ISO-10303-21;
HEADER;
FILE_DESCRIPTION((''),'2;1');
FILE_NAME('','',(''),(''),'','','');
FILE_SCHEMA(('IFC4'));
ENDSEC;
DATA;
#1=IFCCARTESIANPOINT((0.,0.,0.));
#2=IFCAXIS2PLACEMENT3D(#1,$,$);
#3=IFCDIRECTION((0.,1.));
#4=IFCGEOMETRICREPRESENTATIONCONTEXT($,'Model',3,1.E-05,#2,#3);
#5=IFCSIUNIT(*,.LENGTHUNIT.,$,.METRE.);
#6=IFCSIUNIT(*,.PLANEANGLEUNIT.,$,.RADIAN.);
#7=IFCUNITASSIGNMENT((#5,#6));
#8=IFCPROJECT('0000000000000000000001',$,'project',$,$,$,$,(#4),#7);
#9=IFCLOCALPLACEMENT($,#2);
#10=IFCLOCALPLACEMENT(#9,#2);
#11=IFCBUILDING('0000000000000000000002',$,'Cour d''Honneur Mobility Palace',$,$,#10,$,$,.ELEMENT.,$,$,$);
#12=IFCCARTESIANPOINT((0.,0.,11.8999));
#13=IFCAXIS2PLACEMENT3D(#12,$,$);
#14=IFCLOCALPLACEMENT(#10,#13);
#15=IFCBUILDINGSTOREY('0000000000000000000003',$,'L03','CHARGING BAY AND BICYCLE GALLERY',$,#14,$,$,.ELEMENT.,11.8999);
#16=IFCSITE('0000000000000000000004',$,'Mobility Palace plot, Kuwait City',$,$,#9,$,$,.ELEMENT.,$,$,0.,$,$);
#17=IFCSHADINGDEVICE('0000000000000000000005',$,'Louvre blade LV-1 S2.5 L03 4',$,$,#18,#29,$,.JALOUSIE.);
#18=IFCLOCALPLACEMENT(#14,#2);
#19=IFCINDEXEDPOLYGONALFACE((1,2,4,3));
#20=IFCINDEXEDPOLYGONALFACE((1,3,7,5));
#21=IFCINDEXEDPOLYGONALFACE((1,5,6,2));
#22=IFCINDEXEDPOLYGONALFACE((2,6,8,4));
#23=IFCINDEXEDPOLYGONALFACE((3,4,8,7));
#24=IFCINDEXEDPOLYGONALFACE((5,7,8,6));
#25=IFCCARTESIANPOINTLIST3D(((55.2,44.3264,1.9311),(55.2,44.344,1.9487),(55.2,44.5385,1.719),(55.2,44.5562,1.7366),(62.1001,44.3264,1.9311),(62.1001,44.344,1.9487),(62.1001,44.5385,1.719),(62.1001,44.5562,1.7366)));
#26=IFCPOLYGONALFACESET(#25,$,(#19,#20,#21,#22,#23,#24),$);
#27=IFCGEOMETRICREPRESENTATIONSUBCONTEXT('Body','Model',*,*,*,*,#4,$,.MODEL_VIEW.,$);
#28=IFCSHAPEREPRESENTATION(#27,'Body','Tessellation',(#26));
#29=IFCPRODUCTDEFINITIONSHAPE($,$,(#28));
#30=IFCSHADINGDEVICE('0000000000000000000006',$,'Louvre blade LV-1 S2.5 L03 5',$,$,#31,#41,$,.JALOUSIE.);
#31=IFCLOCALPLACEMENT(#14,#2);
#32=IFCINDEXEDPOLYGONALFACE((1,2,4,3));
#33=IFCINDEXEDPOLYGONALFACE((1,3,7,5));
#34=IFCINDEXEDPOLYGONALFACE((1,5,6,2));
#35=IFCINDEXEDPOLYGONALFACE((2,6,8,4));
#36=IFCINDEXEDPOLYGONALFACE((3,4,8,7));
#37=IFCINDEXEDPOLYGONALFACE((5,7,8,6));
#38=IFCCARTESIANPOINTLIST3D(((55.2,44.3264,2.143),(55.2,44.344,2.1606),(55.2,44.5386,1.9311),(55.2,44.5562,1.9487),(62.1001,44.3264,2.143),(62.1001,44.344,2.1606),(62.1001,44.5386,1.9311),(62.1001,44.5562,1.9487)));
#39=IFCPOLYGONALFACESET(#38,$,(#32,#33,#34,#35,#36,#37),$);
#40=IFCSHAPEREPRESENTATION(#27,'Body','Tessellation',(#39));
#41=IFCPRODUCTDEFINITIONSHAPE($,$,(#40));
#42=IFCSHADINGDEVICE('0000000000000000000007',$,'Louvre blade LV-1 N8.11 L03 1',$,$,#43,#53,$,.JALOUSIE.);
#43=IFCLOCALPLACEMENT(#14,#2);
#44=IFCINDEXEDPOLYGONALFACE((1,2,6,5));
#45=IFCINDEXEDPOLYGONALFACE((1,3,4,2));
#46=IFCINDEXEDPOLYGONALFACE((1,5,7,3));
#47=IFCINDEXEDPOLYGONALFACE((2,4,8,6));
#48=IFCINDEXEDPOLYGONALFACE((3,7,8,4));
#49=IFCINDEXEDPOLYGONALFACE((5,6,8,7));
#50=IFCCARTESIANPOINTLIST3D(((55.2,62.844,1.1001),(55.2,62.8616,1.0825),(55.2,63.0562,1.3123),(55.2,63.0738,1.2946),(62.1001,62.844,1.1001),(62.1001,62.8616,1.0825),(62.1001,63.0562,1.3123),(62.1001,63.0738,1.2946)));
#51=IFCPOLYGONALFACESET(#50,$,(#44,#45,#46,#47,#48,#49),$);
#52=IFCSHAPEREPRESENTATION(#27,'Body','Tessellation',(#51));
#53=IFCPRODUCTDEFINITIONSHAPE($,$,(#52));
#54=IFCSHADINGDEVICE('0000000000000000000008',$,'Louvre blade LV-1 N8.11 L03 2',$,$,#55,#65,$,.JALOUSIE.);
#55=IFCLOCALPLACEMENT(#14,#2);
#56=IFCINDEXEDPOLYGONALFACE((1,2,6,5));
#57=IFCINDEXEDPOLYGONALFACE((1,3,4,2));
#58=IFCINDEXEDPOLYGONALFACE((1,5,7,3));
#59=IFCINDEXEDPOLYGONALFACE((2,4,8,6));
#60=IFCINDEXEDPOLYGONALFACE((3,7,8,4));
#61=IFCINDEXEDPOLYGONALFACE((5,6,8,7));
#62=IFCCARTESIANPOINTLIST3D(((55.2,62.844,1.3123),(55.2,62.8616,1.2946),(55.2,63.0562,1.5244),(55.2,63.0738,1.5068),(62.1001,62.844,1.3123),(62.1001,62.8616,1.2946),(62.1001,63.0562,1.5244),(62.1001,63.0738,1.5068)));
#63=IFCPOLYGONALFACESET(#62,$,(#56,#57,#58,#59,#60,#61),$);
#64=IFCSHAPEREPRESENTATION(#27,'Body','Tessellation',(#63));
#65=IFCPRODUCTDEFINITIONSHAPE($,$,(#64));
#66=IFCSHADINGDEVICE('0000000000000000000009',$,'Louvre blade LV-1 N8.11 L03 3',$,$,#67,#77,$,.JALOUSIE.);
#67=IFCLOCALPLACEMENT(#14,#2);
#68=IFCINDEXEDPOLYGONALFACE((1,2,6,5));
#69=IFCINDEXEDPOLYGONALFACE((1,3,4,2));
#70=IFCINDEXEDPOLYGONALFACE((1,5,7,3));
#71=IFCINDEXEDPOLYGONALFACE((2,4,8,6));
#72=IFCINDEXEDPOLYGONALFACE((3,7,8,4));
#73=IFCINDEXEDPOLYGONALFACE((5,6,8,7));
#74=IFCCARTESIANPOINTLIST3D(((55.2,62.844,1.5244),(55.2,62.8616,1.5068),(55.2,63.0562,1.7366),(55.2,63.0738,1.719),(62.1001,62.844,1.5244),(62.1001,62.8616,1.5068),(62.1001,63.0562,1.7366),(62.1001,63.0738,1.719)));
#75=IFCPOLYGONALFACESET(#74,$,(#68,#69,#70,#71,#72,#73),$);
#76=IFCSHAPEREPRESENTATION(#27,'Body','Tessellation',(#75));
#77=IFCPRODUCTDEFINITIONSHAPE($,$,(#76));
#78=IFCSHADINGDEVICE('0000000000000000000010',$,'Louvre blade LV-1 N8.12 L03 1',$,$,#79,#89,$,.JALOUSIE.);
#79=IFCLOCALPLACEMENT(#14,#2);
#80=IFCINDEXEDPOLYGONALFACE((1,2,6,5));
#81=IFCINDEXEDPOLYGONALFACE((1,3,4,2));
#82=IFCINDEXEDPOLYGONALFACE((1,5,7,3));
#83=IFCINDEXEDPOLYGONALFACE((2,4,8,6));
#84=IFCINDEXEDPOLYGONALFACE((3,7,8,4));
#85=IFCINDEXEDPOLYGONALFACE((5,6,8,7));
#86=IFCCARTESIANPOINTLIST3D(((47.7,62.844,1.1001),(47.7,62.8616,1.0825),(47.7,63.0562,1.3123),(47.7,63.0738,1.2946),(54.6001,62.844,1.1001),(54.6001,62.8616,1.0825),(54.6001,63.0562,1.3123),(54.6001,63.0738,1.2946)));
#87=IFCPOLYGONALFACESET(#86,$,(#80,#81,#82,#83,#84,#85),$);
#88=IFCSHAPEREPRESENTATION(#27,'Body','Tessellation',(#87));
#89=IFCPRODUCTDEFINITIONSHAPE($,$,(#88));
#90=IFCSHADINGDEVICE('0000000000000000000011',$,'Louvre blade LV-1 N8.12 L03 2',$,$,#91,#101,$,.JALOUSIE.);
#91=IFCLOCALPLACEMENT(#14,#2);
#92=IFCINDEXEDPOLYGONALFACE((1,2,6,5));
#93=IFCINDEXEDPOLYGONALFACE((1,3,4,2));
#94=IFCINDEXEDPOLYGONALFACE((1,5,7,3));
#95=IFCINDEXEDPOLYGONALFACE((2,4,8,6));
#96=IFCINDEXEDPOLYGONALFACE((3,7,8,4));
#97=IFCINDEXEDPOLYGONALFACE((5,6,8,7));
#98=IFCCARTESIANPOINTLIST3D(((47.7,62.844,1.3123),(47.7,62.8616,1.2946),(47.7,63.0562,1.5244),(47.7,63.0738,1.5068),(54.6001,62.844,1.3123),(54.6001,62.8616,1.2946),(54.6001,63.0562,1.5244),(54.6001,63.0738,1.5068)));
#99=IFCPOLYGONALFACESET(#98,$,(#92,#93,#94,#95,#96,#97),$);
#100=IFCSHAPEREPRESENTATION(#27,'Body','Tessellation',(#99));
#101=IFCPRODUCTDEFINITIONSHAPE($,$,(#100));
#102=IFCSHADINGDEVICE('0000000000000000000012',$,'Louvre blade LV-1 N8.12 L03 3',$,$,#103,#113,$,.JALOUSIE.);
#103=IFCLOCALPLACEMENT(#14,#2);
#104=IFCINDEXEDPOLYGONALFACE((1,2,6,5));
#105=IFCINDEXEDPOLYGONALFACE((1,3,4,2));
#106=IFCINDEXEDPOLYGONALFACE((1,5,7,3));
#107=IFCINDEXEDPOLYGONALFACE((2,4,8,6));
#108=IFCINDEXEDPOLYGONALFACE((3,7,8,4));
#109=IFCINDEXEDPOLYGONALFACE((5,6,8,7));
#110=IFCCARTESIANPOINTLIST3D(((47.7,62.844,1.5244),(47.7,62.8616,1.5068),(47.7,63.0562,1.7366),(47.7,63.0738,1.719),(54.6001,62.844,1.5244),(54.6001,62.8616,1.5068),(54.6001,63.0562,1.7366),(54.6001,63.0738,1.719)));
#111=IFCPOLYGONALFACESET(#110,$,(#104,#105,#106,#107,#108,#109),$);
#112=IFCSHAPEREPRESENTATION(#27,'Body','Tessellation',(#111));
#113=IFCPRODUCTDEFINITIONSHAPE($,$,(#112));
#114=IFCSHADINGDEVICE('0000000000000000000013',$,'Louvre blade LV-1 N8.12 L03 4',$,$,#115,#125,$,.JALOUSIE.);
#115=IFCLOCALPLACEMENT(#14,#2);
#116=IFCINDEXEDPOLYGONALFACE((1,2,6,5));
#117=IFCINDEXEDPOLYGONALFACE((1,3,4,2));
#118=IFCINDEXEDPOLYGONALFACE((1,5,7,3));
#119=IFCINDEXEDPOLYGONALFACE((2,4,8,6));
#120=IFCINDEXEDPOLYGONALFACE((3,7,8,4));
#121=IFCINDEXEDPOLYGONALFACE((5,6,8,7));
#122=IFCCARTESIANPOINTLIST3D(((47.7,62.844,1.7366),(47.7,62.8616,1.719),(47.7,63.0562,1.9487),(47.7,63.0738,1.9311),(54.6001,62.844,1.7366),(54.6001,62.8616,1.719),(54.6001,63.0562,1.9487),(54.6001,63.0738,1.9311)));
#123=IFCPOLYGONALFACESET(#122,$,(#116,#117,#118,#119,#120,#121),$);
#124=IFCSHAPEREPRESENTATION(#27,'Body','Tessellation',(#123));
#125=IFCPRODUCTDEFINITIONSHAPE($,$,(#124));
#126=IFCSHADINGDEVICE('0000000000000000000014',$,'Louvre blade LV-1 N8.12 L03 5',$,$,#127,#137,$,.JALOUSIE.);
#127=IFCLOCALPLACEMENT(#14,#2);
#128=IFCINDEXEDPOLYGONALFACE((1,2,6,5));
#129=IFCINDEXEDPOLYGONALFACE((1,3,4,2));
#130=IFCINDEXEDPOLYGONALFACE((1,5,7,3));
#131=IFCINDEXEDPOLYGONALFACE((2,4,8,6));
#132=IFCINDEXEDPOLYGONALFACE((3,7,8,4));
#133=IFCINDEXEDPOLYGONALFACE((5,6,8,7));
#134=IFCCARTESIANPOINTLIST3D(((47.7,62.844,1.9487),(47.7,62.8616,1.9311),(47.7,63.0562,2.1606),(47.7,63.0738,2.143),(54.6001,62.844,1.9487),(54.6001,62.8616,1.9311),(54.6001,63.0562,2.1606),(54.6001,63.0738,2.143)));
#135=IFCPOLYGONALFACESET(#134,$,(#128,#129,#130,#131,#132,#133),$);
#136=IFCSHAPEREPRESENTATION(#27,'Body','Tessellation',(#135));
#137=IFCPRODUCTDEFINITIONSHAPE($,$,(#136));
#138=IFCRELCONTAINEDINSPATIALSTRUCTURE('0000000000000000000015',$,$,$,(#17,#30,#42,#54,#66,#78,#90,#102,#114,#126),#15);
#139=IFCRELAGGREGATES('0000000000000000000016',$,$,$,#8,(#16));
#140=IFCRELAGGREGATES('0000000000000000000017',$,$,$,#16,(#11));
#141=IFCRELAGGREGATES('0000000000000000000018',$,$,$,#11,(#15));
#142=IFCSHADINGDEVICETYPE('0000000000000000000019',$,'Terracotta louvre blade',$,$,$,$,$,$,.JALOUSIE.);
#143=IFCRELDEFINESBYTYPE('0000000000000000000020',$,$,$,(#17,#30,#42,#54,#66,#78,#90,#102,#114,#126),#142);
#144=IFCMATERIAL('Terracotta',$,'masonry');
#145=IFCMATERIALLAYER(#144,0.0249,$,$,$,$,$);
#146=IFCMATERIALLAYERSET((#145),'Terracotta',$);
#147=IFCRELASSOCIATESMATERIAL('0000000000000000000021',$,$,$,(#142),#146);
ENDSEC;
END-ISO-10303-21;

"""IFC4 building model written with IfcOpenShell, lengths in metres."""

from ifc_helpers import new_model, si_unit, direction, frame, origin, place, context, subcontext, project, spatial, polyline, outline, extrude, material, layer, layer_set, type_object, element, save


model = new_model("IFC4")

# Units and contexts
model_context = context("Model", 3, precision=1e-05, world=origin(), true_north=direction((0.0, 1.0)))
body_context = subcontext(model_context, "Body", "Model", "MODEL_VIEW")
ifc_project = project(units=[si_unit("LENGTHUNIT", "METRE"), si_unit("PLANEANGLEUNIT", "RADIAN")], contexts=[model_context])

# Site, building, storey
site_placement = place(None, origin())
site = spatial("IfcSite", under=ifc_project, at=site_placement, Name="Mobility Palace plot, Kuwait City", CompositionType="ELEMENT", RefElevation=0.0)
building_placement = place(site_placement, origin())
building = spatial("IfcBuilding", under=site, at=building_placement, Name="Cour d'Honneur Mobility Palace", CompositionType="ELEMENT")
storey_placement = place(building_placement, frame((0.0, 0.0, 11.8999)))
storey = spatial("IfcBuildingStorey", under=building, at=storey_placement, Name="L03", Description="CHARGING BAY AND BICYCLE GALLERY", CompositionType="ELEMENT", Elevation=11.8999)

# Shading devices
ifc_material_1 = material(Name="Terracotta", Category="masonry")
ifc_layer_1 = layer(ifc_material_1, 0.0249)
ifc_layer_set_1 = layer_set([ifc_layer_1], Name="Terracotta")
shading_device_type = type_object("IfcShadingDeviceType", Name="Terracotta louvre blade", PredefinedType="JALOUSIE", material=ifc_layer_set_1)
for number, where, z_axis, x_axis, name in (
    (1, (55.2, 44.5562, 1.7366), (0.0, 0.707107, 0.707107), (1.0, 0.0, 0.0), "Louvre blade LV-1 S2.5 L03 4"),
):
    element("IfcShadingDevice", number, at=place(storey_placement, frame(where, z_axis=z_axis, x_axis=x_axis)), inside=storey, type_object=shading_device_type, Name=name, PredefinedType="JALOUSIE", context=body_context, shape_type="SweptSolid", body=[
        extrude(outline(polyline([(0.0, 0.0), (6.9001, 0.0), (6.9001, -0.3), (0.0, -0.3), (0.0, 0.0)])), origin(), (0.0, 0.0, -1.0), 0.0249),
    ])
shading_device_1_placement = place(storey_placement, frame((55.2, 44.5562, 1.9487), z_axis=(0.0, 0.7067, 0.707514), x_axis=(1.0, 0.0, 0.0)))
element("IfcShadingDevice", 2, at=shading_device_1_placement, inside=storey, type_object=shading_device_type, Name="Louvre blade LV-1 S2.5 L03 5", PredefinedType="JALOUSIE", context=body_context, shape_type="SweptSolid", body=[
    extrude(outline(polyline([(0.0, 0.0), (6.9001, 0.0), (6.9001, -0.2999), (0.0, -0.2999), (0.0, 0.0)])), origin(), (0.0, 0.0, -1.0), 0.0249),
])
for number, where, z_axis, x_axis, name in (
    (3, (62.1001, 62.844, 1.1001), (0.0, -0.707107, 0.707107), (-1.0, 0.0, 0.0), "Louvre blade LV-1 N8.11 L03 1"),
    (4, (62.1001, 62.844, 1.3123), (0.0, -0.707107, 0.707107), (-1.0, 0.0, 0.0), "Louvre blade LV-1 N8.11 L03 2"),
    (5, (62.1001, 62.844, 1.5244), (0.0, -0.707107, 0.707107), (-1.0, 0.0, 0.0), "Louvre blade LV-1 N8.11 L03 3"),
    (6, (54.6001, 62.844, 1.1001), (0.0, -0.707107, 0.707107), (-1.0, 0.0, 0.0), "Louvre blade LV-1 N8.12 L03 1"),
    (7, (54.6001, 62.844, 1.3123), (0.0, -0.707107, 0.707107), (-1.0, 0.0, 0.0), "Louvre blade LV-1 N8.12 L03 2"),
    (8, (54.6001, 62.844, 1.5244), (0.0, -0.707107, 0.707107), (-1.0, 0.0, 0.0), "Louvre blade LV-1 N8.12 L03 3"),
    (9, (54.6001, 62.844, 1.7366), (0.0, -0.707107, 0.707107), (-1.0, 0.0, 0.0), "Louvre blade LV-1 N8.12 L03 4"),
):
    element("IfcShadingDevice", number, at=place(storey_placement, frame(where, z_axis=z_axis, x_axis=x_axis)), inside=storey, type_object=shading_device_type, Name=name, PredefinedType="JALOUSIE", context=body_context, shape_type="SweptSolid", body=[
        extrude(outline(polyline([(0.0, 0.0), (6.9001, 0.0), (6.9001, -0.3), (0.0, -0.3), (0.0, 0.0)])), origin(), (0.0, 0.0, -1.0), 0.0249),
    ])
shading_device_2_placement = place(storey_placement, frame((54.6001, 62.844, 1.9487), z_axis=(0.0, -0.7067, 0.707514), x_axis=(-1.0, 0.0, 0.0)))
element("IfcShadingDevice", 10, at=shading_device_2_placement, inside=storey, type_object=shading_device_type, Name="Louvre blade LV-1 N8.12 L03 5", PredefinedType="JALOUSIE", context=body_context, shape_type="SweptSolid", body=[
    extrude(outline(polyline([(0.0, 0.0), (6.9001, 0.0), (6.9001, -0.2999), (0.0, -0.2999), (0.0, 0.0)])), origin(), (0.0, 0.0, -1.0), 0.0249),
])

save(model, "model.ifc")
